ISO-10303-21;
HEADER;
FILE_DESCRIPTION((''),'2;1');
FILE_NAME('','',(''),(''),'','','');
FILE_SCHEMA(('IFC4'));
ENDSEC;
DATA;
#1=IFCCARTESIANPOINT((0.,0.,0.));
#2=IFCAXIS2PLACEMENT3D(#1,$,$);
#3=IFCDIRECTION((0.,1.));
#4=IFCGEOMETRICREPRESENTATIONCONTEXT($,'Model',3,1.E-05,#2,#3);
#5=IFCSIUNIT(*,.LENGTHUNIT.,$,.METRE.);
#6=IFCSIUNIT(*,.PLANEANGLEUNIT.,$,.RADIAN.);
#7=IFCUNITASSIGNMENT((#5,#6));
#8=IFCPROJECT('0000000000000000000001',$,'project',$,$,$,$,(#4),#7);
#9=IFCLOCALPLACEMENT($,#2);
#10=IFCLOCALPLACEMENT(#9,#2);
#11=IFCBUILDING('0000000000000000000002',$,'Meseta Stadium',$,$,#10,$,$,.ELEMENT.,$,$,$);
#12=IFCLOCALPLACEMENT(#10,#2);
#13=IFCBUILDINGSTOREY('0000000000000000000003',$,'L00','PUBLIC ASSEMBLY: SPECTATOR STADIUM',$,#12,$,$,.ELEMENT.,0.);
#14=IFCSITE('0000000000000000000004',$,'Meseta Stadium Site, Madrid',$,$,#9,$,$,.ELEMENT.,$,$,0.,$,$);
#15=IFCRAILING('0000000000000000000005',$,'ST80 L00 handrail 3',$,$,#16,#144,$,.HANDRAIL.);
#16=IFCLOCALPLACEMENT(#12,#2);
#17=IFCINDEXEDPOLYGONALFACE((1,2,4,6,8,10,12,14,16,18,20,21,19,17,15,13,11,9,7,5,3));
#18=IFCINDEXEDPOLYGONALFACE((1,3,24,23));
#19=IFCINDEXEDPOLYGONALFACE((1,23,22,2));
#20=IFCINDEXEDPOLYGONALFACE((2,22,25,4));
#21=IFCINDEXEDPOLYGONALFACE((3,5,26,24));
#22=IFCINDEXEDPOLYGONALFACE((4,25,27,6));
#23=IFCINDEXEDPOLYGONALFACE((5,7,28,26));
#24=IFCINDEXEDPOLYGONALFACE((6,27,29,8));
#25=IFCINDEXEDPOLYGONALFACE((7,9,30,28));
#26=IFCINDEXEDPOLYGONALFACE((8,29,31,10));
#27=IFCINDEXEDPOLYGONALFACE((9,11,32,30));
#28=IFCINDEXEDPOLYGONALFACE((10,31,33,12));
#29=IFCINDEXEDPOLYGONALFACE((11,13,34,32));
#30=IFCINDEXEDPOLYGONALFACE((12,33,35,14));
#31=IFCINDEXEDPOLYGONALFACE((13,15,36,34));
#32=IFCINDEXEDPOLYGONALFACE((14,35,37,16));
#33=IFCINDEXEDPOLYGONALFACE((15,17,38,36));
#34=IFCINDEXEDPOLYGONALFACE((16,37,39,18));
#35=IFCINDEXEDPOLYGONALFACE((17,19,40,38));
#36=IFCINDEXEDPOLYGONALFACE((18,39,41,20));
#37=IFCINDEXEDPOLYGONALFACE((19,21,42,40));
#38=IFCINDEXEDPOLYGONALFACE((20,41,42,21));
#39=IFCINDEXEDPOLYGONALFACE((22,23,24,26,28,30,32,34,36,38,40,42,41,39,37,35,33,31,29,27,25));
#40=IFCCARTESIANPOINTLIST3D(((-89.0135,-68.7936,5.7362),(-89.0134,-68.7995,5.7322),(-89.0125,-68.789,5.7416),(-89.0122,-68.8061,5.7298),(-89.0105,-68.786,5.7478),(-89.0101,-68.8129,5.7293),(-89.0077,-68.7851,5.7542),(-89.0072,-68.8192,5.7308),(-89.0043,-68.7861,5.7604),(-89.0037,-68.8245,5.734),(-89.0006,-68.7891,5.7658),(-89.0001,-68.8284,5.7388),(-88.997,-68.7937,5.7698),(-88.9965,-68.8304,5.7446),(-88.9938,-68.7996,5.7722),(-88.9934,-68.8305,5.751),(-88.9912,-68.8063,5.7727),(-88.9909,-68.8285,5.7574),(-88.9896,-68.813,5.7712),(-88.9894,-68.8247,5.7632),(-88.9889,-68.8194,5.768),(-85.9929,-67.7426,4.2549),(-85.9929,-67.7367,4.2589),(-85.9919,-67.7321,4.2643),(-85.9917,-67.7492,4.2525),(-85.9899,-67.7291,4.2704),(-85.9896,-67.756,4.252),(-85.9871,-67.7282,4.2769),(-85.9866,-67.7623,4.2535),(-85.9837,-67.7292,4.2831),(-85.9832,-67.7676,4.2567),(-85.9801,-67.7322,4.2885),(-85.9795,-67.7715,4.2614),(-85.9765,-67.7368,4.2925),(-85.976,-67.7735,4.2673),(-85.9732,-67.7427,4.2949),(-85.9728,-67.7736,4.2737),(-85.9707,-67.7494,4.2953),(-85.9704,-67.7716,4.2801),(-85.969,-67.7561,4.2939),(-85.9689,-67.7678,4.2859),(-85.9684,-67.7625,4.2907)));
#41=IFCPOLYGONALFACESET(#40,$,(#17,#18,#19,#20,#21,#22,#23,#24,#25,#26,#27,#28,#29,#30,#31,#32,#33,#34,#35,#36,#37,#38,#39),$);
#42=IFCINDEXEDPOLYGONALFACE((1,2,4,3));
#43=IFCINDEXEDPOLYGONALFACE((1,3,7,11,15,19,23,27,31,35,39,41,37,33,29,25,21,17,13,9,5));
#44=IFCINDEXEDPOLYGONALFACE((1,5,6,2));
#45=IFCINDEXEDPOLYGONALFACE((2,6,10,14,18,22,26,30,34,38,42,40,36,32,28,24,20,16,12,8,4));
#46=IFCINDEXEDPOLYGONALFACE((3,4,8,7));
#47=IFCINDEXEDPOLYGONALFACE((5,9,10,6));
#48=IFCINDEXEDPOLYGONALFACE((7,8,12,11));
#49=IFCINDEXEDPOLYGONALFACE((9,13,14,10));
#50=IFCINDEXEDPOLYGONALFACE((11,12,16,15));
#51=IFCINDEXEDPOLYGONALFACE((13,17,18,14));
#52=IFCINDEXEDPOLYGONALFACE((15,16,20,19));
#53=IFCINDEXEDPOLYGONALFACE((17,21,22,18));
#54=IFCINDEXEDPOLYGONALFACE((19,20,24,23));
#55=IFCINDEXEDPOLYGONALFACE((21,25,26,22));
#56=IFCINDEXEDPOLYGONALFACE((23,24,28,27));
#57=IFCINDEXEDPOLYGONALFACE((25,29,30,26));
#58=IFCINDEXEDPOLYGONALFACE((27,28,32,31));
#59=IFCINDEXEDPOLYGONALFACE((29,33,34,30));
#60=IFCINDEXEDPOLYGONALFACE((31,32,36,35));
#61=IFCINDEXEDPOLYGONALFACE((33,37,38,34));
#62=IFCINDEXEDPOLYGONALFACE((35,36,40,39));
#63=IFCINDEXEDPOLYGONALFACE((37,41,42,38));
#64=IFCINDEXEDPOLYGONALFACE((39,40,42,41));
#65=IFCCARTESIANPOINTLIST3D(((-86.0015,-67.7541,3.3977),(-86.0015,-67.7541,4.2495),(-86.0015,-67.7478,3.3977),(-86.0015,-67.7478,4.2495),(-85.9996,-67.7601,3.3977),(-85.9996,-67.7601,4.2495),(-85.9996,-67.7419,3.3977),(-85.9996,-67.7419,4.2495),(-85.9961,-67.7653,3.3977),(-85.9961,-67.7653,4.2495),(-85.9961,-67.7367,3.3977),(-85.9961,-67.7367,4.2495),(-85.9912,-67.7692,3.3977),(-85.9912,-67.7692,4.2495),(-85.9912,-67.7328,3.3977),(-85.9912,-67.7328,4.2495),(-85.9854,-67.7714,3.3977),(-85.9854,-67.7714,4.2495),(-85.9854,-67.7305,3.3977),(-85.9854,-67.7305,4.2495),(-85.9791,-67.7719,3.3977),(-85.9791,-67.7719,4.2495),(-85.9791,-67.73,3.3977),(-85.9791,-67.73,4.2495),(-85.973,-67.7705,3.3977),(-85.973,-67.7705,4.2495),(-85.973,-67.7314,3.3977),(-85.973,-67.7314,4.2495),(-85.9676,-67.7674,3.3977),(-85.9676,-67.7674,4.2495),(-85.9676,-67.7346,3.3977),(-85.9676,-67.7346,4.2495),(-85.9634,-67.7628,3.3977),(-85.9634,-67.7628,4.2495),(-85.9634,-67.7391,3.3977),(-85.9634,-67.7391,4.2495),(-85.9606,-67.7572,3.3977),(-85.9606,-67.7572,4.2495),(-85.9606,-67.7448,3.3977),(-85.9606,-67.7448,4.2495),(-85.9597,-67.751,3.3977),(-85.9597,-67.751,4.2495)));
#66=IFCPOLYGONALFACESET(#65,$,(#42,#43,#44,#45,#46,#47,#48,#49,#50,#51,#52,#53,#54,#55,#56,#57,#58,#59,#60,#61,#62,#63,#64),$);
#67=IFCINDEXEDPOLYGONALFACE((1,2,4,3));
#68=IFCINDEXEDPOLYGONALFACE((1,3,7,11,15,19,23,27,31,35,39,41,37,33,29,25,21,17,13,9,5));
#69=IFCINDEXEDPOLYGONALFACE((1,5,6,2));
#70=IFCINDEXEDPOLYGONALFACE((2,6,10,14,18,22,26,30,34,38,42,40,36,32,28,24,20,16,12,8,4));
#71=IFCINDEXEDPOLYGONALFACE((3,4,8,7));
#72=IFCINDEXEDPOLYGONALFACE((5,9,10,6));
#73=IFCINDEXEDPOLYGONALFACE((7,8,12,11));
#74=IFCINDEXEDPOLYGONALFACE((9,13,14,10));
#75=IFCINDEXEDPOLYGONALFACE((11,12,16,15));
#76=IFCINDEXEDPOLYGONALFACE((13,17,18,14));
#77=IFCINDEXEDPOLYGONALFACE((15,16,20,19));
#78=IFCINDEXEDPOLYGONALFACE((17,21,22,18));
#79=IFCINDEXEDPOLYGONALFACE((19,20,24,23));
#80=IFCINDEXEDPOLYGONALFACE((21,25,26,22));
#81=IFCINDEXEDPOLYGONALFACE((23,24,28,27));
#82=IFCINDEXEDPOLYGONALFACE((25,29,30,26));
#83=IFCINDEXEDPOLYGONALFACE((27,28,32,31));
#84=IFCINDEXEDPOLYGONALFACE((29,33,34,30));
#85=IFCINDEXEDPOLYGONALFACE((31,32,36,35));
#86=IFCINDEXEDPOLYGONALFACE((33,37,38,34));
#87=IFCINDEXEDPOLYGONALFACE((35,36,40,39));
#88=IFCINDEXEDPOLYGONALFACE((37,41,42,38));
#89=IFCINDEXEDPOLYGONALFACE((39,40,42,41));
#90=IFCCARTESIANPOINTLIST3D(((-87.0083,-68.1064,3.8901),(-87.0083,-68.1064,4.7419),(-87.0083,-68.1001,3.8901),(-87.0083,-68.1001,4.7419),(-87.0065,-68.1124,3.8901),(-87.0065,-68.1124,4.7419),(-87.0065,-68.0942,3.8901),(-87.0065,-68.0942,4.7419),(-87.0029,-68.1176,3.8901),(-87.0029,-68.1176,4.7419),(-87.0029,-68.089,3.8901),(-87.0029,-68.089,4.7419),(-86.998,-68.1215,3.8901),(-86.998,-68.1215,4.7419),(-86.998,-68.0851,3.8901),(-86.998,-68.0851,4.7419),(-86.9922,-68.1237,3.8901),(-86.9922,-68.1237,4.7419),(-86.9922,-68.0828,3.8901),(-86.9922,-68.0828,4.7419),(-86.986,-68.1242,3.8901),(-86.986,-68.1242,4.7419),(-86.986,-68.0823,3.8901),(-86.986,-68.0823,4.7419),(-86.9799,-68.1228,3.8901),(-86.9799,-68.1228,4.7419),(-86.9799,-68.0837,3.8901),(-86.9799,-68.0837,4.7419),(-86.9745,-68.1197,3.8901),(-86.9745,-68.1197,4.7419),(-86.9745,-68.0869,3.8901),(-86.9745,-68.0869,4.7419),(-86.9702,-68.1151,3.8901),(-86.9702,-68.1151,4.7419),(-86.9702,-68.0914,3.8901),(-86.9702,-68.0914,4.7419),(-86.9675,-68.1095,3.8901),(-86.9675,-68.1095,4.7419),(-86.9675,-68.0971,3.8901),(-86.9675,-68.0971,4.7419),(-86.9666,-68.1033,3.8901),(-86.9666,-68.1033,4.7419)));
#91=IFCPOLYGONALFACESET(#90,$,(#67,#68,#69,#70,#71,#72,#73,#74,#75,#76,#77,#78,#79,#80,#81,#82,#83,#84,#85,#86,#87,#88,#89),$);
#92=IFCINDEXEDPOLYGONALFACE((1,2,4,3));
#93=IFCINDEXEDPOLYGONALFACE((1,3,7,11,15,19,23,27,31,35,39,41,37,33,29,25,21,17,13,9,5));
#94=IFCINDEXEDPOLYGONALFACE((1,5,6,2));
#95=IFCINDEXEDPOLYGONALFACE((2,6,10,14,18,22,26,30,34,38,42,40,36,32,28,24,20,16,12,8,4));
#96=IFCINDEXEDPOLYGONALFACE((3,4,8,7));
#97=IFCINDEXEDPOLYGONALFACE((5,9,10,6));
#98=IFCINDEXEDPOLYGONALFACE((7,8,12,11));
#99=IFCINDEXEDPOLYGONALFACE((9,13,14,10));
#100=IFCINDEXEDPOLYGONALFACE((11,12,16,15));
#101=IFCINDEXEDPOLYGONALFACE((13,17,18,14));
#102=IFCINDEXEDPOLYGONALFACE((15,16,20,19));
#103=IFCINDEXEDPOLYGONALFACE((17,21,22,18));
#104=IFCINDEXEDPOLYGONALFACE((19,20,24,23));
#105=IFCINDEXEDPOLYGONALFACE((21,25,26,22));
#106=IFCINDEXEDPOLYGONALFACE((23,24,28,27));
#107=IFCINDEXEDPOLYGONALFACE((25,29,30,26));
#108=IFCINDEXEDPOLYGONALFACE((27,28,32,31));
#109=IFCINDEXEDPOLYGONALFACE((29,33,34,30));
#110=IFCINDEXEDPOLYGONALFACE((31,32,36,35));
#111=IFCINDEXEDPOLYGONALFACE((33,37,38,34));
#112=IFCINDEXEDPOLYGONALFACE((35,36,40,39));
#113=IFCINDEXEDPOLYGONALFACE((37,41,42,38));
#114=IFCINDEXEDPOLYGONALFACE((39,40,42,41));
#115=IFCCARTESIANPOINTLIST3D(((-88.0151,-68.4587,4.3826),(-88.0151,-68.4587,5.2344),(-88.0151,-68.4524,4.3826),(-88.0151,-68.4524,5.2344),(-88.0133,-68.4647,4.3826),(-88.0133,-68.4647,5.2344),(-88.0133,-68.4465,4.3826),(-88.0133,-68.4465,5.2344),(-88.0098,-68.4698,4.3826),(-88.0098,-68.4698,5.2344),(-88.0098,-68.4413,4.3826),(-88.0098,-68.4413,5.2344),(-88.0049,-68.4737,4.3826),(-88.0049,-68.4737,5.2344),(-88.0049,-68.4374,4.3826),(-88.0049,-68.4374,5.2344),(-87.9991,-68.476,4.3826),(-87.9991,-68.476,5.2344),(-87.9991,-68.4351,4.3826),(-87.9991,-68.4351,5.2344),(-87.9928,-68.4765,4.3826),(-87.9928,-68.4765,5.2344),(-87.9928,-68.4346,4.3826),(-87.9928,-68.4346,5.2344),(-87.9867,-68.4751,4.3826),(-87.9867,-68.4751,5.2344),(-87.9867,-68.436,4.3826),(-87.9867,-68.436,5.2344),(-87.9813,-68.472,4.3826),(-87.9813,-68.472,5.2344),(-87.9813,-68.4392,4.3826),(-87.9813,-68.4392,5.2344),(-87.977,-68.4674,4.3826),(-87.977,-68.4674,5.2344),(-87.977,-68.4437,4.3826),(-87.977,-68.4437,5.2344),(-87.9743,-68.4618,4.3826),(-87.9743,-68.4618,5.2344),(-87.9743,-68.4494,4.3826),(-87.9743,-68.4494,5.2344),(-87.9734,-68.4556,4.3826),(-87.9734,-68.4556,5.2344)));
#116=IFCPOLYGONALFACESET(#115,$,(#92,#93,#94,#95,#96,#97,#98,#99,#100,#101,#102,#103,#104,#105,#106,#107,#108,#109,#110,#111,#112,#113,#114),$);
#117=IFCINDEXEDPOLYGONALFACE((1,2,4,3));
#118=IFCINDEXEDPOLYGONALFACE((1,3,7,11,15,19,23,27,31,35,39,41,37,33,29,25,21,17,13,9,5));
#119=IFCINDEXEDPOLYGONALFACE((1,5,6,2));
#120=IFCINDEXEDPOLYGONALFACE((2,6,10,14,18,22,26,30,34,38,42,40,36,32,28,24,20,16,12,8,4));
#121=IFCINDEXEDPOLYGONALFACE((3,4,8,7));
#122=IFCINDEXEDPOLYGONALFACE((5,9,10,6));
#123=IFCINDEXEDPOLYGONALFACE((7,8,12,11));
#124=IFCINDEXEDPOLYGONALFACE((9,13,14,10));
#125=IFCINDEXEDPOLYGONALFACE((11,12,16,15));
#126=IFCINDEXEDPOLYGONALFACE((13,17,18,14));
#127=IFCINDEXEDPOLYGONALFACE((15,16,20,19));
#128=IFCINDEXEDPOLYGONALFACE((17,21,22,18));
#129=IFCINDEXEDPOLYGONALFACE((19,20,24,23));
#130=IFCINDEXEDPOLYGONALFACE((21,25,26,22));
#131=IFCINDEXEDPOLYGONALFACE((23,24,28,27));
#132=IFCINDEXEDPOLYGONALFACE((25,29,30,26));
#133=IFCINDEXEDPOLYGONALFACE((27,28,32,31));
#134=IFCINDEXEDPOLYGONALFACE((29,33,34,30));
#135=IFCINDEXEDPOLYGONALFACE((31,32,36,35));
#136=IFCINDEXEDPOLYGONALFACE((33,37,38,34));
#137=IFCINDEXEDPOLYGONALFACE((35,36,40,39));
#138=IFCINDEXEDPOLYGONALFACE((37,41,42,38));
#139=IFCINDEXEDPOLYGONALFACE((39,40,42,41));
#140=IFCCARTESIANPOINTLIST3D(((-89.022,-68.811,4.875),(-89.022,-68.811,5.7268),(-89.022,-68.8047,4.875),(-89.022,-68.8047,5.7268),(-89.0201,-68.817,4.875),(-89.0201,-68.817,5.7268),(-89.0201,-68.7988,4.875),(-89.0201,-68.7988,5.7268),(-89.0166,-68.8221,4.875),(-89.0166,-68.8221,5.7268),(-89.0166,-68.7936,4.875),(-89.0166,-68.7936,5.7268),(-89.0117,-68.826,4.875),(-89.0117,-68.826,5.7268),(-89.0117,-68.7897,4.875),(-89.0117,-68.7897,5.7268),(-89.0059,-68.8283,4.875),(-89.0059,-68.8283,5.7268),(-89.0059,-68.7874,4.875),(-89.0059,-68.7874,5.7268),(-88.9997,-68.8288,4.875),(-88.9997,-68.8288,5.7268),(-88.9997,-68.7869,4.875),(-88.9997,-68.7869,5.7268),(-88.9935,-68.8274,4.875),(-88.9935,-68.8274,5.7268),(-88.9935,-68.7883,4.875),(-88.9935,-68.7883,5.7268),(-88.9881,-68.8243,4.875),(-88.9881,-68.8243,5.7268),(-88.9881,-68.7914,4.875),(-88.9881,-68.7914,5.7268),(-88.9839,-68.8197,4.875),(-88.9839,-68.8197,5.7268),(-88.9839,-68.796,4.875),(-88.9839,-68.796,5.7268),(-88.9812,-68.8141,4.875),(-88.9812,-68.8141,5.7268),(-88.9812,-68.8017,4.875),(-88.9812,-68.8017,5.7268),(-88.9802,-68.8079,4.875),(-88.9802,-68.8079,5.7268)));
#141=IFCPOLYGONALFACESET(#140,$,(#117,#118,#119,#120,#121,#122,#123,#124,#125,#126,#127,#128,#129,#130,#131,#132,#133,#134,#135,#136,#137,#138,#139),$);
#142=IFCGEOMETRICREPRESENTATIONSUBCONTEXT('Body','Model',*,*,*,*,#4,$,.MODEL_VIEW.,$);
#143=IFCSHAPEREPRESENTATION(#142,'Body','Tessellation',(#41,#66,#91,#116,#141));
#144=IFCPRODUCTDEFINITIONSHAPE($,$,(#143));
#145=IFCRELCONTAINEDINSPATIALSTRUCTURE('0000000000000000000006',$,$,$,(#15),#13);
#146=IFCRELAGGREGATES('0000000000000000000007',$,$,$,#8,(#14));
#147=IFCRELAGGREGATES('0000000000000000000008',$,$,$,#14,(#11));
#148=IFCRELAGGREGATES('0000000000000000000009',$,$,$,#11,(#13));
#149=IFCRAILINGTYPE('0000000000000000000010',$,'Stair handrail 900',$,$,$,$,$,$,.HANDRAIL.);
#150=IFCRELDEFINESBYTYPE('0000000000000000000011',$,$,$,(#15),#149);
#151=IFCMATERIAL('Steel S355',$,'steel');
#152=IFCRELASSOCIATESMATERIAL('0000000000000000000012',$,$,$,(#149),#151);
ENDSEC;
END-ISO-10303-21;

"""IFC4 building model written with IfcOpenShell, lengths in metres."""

from ifc_helpers import new_model, si_unit, direction, frame, origin, origin_2d, place, context, subcontext, project, spatial, circle, extrude, material, type_object, element, save


model = new_model("IFC4")

# Units and contexts
model_context = context("Model", 3, precision=1e-05, world=origin(), true_north=direction((0.0, 1.0)))
body_context = subcontext(model_context, "Body", "Model", "MODEL_VIEW")
ifc_project = project(units=[si_unit("LENGTHUNIT", "METRE"), si_unit("PLANEANGLEUNIT", "RADIAN")], contexts=[model_context])

# Site, building, storey
site_placement = place(None, origin())
site = spatial("IfcSite", under=ifc_project, at=site_placement, Name="Meseta Stadium Site, Madrid", CompositionType="ELEMENT", RefElevation=0.0)
building_placement = place(site_placement, origin())
building = spatial("IfcBuilding", under=site, at=building_placement, Name="Meseta Stadium", CompositionType="ELEMENT")
storey_placement = place(building_placement, origin())
storey = spatial("IfcBuildingStorey", under=building, at=storey_placement, Name="L00", Description="PUBLIC ASSEMBLY: SPECTATOR STADIUM", CompositionType="ELEMENT", Elevation=0.0)

# Railing
ifc_material_1 = material(Name="Steel S355", Category="steel")
railing_type_1 = type_object("IfcRailingType", Name="Stair handrail 900", PredefinedType="HANDRAIL", material=ifc_material_1)
railing_1_placement = place(storey_placement, frame((-85.9807, -67.751, 3.3977)))
element("IfcRailing", 1, at=railing_1_placement, inside=storey, type_object=railing_type_1, Name="ST80 L00 handrail 3", PredefinedType="HANDRAIL", context=body_context, shape_type="SweptSolid", body=[
    extrude(circle(Radius=0.0239, at=origin_2d()), frame((0.0, 0.0, 0.876), z_axis=(-0.856977, -0.299859, 0.419137), x_axis=(0.330269, -0.943887, 0.0)), (0.0, 0.0, 1.0), 3.5247),
    extrude(circle(Radius=0.021, at=origin_2d()), origin(), (0.0, 0.0, 1.0), 0.8518),
    extrude(circle(Radius=0.021, at=origin_2d()), frame((-1.0068, -0.3523, 0.4924)), (0.0, 0.0, 1.0), 0.8518),
    extrude(circle(Radius=0.021, at=origin_2d()), frame((-2.0137, -0.7046, 0.9849)), (0.0, 0.0, 1.0), 0.8518),
    extrude(circle(Radius=0.021, at=origin_2d()), frame((-3.0205, -1.0569, 1.4773)), (0.0, 0.0, 1.0), 0.8518),
])

save(model, "model.ifc")
